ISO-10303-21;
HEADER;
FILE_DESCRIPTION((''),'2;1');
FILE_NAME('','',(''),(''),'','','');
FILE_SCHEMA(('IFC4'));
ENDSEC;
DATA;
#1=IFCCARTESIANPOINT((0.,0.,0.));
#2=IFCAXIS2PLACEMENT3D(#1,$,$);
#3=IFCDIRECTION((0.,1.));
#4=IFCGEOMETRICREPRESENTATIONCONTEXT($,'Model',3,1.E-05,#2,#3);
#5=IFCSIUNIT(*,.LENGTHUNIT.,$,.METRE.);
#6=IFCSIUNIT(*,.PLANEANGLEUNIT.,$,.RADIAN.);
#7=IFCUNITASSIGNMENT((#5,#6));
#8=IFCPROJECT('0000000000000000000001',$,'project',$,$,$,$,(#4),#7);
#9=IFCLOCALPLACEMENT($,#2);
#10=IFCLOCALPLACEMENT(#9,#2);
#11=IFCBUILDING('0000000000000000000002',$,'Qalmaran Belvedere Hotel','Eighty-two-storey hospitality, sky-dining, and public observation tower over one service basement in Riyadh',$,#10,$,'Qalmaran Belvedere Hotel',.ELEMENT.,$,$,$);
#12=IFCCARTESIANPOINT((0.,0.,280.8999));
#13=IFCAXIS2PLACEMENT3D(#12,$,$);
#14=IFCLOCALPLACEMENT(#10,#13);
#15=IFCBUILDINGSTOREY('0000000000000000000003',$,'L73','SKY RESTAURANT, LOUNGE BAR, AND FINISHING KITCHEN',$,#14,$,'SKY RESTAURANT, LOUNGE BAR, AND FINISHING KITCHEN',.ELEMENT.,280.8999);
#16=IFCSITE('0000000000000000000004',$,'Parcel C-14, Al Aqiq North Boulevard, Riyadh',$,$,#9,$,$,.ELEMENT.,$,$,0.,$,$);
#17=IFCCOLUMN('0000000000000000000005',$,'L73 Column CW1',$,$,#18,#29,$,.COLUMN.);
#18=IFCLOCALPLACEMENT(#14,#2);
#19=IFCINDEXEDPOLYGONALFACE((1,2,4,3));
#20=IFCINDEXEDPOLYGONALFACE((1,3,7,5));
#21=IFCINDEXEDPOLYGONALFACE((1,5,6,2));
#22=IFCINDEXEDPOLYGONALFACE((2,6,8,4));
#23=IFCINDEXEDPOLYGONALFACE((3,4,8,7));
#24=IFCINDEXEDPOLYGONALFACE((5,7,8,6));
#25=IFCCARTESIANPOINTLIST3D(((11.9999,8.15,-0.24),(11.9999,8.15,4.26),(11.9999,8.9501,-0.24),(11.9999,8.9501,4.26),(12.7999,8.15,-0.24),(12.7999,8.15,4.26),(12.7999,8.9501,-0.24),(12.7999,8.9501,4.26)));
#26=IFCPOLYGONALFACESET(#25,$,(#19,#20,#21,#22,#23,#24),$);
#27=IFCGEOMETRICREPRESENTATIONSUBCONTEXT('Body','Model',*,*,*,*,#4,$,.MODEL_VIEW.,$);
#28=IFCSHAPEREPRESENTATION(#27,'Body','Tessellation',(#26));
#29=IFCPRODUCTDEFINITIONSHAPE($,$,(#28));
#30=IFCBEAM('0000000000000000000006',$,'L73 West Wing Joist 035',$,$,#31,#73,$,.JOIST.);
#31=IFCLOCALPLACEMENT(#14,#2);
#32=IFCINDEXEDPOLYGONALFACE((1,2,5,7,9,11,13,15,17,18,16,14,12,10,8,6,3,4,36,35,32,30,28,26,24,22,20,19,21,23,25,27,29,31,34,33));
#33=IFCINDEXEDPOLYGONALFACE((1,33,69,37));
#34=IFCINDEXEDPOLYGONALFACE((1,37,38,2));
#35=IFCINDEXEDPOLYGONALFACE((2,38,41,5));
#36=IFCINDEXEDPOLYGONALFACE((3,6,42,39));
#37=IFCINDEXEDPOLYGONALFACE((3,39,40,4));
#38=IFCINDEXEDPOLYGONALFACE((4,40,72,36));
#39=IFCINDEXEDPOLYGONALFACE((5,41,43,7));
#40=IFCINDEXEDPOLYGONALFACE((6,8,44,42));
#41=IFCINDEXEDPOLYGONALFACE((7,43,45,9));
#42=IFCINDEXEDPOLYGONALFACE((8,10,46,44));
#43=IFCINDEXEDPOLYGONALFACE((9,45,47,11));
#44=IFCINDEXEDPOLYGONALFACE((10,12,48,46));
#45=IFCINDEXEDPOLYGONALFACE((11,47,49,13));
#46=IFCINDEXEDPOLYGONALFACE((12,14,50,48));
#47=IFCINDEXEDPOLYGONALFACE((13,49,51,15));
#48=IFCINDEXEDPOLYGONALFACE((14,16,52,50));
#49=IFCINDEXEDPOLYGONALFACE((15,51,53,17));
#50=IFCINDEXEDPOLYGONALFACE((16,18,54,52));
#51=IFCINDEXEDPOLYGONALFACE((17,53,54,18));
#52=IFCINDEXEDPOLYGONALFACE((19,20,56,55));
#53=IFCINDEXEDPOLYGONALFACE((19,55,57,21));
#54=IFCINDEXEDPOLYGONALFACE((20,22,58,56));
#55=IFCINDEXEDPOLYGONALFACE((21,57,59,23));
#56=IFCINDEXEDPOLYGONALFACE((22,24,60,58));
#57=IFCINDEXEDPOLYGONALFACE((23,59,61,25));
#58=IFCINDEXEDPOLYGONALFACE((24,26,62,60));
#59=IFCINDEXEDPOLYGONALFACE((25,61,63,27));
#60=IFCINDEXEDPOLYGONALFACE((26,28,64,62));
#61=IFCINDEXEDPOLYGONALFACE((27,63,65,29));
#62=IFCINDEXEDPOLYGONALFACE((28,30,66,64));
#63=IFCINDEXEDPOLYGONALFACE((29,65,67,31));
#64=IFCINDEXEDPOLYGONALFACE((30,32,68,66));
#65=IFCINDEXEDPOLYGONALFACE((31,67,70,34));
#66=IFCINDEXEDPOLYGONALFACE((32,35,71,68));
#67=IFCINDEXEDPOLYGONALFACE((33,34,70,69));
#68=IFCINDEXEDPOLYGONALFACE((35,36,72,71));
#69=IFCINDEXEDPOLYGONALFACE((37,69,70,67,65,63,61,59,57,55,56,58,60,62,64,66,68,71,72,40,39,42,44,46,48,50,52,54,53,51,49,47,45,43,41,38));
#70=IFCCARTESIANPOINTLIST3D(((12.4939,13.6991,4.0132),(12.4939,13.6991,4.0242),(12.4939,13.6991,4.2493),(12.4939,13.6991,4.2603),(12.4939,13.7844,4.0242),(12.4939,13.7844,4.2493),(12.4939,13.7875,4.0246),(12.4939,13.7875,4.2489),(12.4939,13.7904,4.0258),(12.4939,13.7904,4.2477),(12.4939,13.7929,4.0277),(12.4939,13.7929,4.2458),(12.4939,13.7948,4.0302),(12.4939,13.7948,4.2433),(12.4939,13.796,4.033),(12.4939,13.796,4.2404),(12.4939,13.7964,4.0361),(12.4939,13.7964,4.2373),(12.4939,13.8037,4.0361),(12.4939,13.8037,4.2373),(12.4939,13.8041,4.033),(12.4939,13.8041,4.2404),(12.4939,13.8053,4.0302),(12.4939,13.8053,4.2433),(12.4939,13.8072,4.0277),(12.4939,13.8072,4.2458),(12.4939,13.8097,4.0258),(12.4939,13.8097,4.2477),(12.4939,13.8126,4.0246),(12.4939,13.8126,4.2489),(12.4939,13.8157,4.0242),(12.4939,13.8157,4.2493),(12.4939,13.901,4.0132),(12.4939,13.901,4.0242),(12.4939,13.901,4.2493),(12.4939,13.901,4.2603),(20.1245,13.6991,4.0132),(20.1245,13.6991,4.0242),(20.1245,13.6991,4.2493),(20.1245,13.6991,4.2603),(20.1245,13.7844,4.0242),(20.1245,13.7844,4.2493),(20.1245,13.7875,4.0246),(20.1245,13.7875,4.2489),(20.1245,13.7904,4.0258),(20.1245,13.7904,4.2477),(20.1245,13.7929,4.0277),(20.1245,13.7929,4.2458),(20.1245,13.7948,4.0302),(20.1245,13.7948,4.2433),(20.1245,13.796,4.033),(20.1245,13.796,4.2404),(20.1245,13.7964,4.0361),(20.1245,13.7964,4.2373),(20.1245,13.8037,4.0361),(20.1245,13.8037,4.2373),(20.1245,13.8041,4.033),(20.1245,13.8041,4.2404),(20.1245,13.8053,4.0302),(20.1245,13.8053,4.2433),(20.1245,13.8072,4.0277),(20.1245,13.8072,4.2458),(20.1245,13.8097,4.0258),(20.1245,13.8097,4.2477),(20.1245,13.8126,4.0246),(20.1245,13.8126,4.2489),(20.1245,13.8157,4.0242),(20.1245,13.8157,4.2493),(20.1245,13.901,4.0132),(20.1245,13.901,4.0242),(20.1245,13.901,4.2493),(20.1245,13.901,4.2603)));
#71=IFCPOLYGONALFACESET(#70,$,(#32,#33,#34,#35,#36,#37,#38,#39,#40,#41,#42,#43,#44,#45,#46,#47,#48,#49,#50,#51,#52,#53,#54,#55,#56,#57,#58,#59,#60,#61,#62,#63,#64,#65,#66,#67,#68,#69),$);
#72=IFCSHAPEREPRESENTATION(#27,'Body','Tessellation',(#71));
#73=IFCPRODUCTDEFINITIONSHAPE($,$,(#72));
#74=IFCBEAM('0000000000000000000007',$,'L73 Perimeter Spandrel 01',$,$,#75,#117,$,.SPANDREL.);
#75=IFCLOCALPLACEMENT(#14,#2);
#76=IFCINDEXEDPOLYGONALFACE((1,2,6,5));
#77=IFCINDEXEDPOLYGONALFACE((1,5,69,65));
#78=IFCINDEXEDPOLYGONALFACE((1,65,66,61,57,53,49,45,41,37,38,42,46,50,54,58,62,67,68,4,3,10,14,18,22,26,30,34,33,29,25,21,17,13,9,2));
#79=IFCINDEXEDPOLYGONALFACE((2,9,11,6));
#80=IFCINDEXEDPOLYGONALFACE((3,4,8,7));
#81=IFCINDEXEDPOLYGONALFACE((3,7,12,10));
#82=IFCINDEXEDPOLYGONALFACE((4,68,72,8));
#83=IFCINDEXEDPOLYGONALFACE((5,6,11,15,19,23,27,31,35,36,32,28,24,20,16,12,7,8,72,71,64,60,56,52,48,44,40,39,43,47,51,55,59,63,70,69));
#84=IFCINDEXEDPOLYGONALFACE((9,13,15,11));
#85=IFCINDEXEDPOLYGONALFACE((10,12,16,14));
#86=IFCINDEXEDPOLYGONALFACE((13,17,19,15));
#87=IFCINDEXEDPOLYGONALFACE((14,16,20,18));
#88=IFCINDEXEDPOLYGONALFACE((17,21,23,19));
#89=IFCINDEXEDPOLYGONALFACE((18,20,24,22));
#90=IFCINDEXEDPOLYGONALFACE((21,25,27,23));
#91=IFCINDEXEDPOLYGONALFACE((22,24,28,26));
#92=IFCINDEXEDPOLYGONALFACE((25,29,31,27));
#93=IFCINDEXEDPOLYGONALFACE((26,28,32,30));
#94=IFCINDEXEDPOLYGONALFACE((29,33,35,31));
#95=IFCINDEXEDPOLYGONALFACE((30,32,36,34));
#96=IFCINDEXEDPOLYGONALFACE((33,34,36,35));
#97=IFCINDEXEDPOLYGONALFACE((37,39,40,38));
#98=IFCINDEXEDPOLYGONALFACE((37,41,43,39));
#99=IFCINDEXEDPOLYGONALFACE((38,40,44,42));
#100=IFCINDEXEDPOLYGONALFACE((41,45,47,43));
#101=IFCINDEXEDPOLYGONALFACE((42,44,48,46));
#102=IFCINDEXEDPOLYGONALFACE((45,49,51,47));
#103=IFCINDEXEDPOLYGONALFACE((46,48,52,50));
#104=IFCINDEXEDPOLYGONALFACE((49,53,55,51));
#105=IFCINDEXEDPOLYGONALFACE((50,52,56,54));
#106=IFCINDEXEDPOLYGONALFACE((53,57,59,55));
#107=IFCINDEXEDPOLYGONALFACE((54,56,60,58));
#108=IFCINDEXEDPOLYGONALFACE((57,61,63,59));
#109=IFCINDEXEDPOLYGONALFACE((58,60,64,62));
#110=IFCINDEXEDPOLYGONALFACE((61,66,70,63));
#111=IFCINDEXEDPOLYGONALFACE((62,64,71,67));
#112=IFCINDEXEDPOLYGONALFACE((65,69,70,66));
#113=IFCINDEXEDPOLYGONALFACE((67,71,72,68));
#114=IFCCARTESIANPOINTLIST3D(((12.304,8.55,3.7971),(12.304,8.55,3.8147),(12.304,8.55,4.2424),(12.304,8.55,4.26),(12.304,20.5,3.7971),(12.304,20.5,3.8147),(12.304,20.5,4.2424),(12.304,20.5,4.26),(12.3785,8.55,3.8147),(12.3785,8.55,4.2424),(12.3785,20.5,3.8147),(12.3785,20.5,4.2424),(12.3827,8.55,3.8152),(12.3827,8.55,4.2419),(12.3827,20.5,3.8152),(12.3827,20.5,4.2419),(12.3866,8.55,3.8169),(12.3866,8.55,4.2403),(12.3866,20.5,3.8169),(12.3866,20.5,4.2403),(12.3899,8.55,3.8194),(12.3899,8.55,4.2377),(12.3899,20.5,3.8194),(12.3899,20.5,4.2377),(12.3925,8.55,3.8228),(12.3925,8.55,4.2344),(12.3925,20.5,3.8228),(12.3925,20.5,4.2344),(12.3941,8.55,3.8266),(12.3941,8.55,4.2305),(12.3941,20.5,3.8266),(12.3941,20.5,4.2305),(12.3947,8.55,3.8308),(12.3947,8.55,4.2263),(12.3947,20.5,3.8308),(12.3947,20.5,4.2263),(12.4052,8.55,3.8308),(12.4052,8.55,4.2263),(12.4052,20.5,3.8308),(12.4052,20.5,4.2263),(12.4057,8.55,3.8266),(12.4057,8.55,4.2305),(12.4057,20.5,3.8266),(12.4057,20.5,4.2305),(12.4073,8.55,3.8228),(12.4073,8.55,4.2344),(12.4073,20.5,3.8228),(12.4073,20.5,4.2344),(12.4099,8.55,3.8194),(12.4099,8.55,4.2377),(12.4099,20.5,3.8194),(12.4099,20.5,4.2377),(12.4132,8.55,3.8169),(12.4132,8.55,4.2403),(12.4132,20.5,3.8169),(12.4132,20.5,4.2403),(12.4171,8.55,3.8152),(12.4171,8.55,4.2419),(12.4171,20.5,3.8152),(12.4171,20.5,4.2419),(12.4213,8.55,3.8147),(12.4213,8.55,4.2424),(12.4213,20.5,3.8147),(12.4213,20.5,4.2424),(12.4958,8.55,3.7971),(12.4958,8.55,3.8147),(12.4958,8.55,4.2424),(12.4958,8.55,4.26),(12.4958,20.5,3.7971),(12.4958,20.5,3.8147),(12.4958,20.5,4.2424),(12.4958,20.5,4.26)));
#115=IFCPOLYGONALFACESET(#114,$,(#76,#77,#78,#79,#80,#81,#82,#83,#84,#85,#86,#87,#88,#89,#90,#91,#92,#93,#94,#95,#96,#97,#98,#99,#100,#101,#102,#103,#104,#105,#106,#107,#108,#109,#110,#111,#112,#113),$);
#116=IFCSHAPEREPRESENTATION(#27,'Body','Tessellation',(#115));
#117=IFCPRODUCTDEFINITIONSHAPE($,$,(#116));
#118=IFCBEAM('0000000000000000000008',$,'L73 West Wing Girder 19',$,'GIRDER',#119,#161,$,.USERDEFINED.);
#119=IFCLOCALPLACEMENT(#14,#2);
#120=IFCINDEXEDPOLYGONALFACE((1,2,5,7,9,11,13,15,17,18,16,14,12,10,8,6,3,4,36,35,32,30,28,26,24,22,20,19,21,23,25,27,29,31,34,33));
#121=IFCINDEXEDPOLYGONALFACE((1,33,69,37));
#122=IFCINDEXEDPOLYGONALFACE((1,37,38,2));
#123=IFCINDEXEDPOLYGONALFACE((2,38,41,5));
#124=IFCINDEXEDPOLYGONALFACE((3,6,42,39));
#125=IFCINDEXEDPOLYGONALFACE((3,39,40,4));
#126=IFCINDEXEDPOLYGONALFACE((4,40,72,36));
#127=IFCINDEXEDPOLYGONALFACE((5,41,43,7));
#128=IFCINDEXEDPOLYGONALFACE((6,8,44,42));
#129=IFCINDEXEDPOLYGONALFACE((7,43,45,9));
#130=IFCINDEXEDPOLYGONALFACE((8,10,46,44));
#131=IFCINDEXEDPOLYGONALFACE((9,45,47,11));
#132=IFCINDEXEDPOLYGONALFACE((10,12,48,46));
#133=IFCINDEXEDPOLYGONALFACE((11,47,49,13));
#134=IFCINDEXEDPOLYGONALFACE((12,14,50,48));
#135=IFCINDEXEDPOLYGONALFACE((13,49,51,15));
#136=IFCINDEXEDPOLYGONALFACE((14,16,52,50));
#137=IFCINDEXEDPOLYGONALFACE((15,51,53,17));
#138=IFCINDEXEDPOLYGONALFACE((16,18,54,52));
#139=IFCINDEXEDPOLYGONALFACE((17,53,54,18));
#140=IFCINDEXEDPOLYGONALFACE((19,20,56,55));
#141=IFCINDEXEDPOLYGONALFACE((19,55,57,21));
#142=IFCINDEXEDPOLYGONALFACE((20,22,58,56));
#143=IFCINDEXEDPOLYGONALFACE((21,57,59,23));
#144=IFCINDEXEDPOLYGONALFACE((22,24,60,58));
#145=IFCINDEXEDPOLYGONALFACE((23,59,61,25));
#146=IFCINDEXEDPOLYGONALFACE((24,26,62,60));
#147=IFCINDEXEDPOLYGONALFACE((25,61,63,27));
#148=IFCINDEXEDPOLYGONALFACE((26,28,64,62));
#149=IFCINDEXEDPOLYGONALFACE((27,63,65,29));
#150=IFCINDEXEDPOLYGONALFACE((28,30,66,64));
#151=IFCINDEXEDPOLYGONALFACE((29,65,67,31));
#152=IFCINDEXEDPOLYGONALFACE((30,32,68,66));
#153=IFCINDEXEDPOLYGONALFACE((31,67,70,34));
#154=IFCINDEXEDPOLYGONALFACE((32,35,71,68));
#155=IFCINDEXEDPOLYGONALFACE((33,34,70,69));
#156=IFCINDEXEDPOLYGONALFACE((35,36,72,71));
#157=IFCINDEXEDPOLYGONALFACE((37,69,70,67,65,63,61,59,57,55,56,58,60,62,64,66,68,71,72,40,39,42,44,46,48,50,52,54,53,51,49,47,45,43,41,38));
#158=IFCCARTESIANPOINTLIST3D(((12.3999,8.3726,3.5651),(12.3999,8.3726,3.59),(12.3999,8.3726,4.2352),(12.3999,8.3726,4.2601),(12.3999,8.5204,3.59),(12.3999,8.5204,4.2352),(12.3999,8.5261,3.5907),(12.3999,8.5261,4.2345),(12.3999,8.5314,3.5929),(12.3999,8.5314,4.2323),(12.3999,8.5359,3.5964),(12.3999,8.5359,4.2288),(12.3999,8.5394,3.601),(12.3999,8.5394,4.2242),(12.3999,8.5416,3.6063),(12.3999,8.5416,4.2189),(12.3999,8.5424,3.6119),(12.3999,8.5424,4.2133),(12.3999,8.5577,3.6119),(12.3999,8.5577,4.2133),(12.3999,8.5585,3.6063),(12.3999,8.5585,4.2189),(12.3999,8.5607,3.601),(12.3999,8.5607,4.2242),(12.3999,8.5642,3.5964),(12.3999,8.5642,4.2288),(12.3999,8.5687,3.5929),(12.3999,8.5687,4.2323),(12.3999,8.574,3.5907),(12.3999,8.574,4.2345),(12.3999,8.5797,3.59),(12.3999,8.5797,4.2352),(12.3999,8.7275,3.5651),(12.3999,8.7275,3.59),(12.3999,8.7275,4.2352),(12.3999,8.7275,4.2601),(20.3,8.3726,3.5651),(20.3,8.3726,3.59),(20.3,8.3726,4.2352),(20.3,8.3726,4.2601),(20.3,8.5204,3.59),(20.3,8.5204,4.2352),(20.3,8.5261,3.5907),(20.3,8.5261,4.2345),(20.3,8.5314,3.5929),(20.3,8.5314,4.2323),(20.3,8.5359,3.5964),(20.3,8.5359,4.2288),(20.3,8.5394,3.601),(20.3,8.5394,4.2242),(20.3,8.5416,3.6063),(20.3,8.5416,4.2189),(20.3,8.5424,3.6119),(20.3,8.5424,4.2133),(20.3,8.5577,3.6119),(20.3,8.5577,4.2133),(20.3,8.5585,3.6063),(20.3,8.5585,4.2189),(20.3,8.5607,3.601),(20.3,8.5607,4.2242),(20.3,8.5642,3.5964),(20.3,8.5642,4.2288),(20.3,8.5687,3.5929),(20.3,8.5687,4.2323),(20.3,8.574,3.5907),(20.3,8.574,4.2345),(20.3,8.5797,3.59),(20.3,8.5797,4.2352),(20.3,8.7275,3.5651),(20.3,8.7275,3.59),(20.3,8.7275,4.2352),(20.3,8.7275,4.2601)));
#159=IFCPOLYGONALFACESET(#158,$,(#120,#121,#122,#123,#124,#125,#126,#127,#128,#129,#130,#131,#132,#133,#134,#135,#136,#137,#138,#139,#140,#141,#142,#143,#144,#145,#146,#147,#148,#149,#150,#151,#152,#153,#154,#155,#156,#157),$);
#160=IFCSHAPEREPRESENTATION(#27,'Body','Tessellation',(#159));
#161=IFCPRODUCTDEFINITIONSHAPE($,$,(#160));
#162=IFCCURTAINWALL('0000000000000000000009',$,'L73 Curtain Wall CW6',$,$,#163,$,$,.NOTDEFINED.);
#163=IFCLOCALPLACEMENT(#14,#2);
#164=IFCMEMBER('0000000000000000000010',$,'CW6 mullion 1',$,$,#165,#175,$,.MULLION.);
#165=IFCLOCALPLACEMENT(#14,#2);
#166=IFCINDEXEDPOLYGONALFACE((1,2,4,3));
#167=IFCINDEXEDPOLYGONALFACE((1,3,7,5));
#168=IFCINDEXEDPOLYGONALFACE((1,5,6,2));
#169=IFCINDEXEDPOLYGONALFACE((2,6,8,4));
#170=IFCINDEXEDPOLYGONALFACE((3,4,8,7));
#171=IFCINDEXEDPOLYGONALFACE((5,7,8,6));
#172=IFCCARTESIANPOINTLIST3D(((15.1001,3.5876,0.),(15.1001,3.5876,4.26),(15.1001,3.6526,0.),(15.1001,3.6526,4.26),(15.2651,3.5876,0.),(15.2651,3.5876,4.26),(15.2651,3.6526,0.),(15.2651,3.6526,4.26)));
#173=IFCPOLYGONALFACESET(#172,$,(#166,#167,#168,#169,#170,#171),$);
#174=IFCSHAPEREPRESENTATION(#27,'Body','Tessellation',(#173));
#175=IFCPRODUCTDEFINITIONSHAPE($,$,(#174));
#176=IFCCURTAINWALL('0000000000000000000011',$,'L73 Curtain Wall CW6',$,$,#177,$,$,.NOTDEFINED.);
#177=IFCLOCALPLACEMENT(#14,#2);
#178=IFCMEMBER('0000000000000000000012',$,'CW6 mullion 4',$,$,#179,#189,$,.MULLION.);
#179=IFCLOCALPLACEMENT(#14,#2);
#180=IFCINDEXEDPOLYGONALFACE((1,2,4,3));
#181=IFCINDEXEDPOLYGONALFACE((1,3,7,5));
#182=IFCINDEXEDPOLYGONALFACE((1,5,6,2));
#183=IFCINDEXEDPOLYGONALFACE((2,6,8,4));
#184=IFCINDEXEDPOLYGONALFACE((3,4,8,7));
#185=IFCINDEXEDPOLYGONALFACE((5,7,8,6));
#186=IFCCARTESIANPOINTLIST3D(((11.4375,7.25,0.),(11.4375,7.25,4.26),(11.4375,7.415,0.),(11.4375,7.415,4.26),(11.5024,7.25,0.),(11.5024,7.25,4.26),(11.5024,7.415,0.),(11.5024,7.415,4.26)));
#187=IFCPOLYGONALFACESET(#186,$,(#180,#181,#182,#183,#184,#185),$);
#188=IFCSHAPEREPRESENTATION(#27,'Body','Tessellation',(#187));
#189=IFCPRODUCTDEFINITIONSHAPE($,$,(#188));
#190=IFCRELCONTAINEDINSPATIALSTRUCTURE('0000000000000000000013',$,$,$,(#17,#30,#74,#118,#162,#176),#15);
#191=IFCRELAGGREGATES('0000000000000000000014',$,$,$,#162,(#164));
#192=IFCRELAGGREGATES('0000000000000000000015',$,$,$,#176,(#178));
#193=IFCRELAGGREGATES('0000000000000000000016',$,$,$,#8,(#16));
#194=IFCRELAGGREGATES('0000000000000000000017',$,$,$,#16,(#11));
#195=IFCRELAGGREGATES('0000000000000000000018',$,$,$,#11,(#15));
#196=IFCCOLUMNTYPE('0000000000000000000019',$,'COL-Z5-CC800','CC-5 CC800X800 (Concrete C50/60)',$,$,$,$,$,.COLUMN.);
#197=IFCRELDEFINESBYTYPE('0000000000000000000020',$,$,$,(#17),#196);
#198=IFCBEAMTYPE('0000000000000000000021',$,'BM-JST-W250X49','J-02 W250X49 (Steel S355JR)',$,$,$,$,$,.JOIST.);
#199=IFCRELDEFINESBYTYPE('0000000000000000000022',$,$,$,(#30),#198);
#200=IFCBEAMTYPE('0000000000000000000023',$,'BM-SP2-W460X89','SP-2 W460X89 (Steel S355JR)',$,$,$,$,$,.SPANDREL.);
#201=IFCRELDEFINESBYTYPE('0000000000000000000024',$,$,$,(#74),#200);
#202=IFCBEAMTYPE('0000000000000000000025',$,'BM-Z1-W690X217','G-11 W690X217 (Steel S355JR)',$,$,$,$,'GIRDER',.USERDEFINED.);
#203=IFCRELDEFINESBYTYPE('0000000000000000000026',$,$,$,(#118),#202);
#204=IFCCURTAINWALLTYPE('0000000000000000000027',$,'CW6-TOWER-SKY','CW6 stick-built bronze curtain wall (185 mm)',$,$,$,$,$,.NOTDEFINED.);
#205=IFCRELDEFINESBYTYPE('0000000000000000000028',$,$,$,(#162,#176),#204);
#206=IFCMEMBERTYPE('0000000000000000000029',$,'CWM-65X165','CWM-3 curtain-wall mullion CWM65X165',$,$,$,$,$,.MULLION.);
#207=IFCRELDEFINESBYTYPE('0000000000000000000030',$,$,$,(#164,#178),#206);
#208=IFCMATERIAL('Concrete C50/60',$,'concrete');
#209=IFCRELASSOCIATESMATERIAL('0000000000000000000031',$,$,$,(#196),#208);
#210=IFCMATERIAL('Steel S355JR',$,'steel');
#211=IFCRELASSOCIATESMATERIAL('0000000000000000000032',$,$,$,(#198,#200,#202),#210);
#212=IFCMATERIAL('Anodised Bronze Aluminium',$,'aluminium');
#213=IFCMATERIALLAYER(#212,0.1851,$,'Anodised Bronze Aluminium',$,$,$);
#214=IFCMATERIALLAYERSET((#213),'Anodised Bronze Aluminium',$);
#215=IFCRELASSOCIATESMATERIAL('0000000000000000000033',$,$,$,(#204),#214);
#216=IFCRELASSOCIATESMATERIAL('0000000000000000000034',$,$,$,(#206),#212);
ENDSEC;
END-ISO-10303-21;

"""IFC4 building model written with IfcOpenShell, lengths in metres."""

from ifc_helpers import new_model, si_unit, direction, frame, origin, origin_2d, place, context, subcontext, project, spatial, rectangle, i_section, extrude, material, layer, layer_set, material_profile, profile_set, type_object, element, aggregate, save


model = new_model("IFC4")

# Units and contexts
model_context = context("Model", 3, precision=1e-05, world=origin(), true_north=direction((0.0, 1.0)))
body_context = subcontext(model_context, "Body", "Model", "MODEL_VIEW")
ifc_project = project(units=[si_unit("LENGTHUNIT", "METRE"), si_unit("PLANEANGLEUNIT", "RADIAN")], contexts=[model_context])

# Site, building, storey
site_placement = place(None, origin())
site = spatial("IfcSite", under=ifc_project, at=site_placement, Name="Parcel C-14, Al Aqiq North Boulevard, Riyadh", CompositionType="ELEMENT", RefElevation=0.0)
building_placement = place(site_placement, origin())
building = spatial("IfcBuilding", under=site, at=building_placement, Name="Qalmaran Belvedere Hotel", Description="Eighty-two-storey hospitality, sky-dining, and public observation tower over one service basement in Riyadh", LongName="Qalmaran Belvedere Hotel", CompositionType="ELEMENT")
storey_placement = place(building_placement, frame((0.0, 0.0, 280.8999)))
storey = spatial("IfcBuildingStorey", under=building, at=storey_placement, Name="L73", Description="SKY RESTAURANT, LOUNGE BAR, AND FINISHING KITCHEN", LongName="SKY RESTAURANT, LOUNGE BAR, AND FINISHING KITCHEN", CompositionType="ELEMENT", Elevation=280.8999)

# Column
ifc_material_1 = material(Name="Concrete C50/60", Category="concrete")
ifc_material_profile_1 = material_profile(ifc_material_1, rectangle(XDim=0.8, YDim=0.8, at=origin_2d()), Name="CC800X800")
ifc_profile_set_1 = profile_set([ifc_material_profile_1], Name="Concrete C50/60")
column_type = type_object("IfcColumnType", Name="COL-Z5-CC800", Description="CC-5 CC800X800 (Concrete C50/60)", PredefinedType="COLUMN", material=ifc_profile_set_1)
column_placement = place(storey_placement, frame((12.3999, 8.55, -0.24), z_axis=(0.0, 0.0, 1.0), x_axis=(1.0, 0.0, 0.0)))
element("IfcColumn", 1, at=column_placement, inside=storey, type_object=column_type, Name="L73 Column CW1", PredefinedType="COLUMN", context=body_context, shape_type="SweptSolid", body=[
    extrude(rectangle(XDim=0.8, YDim=0.8, at=origin_2d()), origin(), (0.0, 0.0, 1.0), 4.5),
])

# Beams
ifc_material_2 = material(Name="Steel S355JR", Category="steel")
ifc_material_profile_2 = material_profile(ifc_material_2, i_section(OverallWidth=0.2019, OverallDepth=0.2471, WebThickness=0.0073, FlangeThickness=0.011, FilletRadius=0.012, at=origin_2d()), Name="W250X49")
ifc_profile_set_2 = profile_set([ifc_material_profile_2], Name="Steel S355JR")
beam_type_1 = type_object("IfcBeamType", Name="BM-JST-W250X49", Description="J-02 W250X49 (Steel S355JR)", PredefinedType="JOIST", material=ifc_profile_set_2)
beam_1_placement = place(storey_placement, frame((12.4939, 13.8, 4.1367), z_axis=(1.0, 0.0, 0.0), x_axis=(0.0, 1.0, 0.0)))
element("IfcBeam", 2, at=beam_1_placement, inside=storey, type_object=beam_type_1, Name="L73 West Wing Joist 035", PredefinedType="JOIST", context=body_context, shape_type="SweptSolid", body=[
    extrude(i_section(OverallWidth=0.2019, OverallDepth=0.2471, WebThickness=0.0073, FlangeThickness=0.011, FilletRadius=0.012, at=origin_2d()), origin(), (0.0, 0.0, 1.0), 7.6306),
])
ifc_material_profile_3 = material_profile(ifc_material_2, i_section(OverallWidth=0.1919, OverallDepth=0.4629, WebThickness=0.0105, FlangeThickness=0.0176, FilletRadius=0.0161, at=origin_2d()), Name="W460X89")
ifc_profile_set_3 = profile_set([ifc_material_profile_3], Name="Steel S355JR")
beam_type_2 = type_object("IfcBeamType", Name="BM-SP2-W460X89", Description="SP-2 W460X89 (Steel S355JR)", PredefinedType="SPANDREL", material=ifc_profile_set_3)
beam_2_placement = place(storey_placement, frame((12.3999, 8.55, 4.0286), z_axis=(0.0, 1.0, 0.0), x_axis=(-1.0, 0.0, 0.0)))
element("IfcBeam", 3, at=beam_2_placement, inside=storey, type_object=beam_type_2, Name="L73 Perimeter Spandrel 01", PredefinedType="SPANDREL", context=body_context, shape_type="SweptSolid", body=[
    extrude(i_section(OverallWidth=0.1919, OverallDepth=0.4629, WebThickness=0.0105, FlangeThickness=0.0176, FilletRadius=0.0161, at=origin_2d()), origin(), (0.0, 0.0, 1.0), 11.95),
])
ifc_material_profile_4 = material_profile(ifc_material_2, i_section(OverallWidth=0.355, OverallDepth=0.6951, WebThickness=0.0154, FlangeThickness=0.0249, FilletRadius=0.022, at=origin_2d()), Name="W690X217")
ifc_profile_set_4 = profile_set([ifc_material_profile_4], Name="Steel S355JR")
beam_type_3 = type_object("IfcBeamType", Name="BM-Z1-W690X217", Description="G-11 W690X217 (Steel S355JR)", ElementType="GIRDER", PredefinedType="USERDEFINED", material=ifc_profile_set_4)
beam_3_placement = place(storey_placement, frame((12.3999, 8.55, 3.9126), z_axis=(1.0, 0.0, 0.0), x_axis=(0.0, 1.0, 0.0)))
element("IfcBeam", 4, at=beam_3_placement, inside=storey, type_object=beam_type_3, Name="L73 West Wing Girder 19", ObjectType="GIRDER", PredefinedType="USERDEFINED", context=body_context, shape_type="SweptSolid", body=[
    extrude(i_section(OverallWidth=0.355, OverallDepth=0.6951, WebThickness=0.0154, FlangeThickness=0.0249, FilletRadius=0.022, at=origin_2d()), origin(), (0.0, 0.0, 1.0), 7.9001),
])

# Curtain walls, members
ifc_material_3 = material(Name="Anodised Bronze Aluminium", Category="aluminium")
ifc_layer_1 = layer(ifc_material_3, 0.1851, Name="Anodised Bronze Aluminium")
ifc_layer_set_1 = layer_set([ifc_layer_1], Name="Anodised Bronze Aluminium")
curtain_wall_type = type_object("IfcCurtainWallType", Name="CW6-TOWER-SKY", Description="CW6 stick-built bronze curtain wall (185 mm)", PredefinedType="NOTDEFINED", material=ifc_layer_set_1)
curtain_wall_1_placement = place(storey_placement, origin())
curtain_wall_1 = element("IfcCurtainWall", 5, at=curtain_wall_1_placement, inside=storey, type_object=curtain_wall_type, Name="L73 Curtain Wall CW6", PredefinedType="NOTDEFINED")
ifc_material_profile_5 = material_profile(ifc_material_3, rectangle(XDim=0.0649, YDim=0.165, at=origin_2d()), Name="CWM65X165")
ifc_profile_set_5 = profile_set([ifc_material_profile_5], Name="Anodised Bronze Aluminium")
member_type_1 = type_object("IfcMemberType", Name="CWM-65X165", Description="CWM-3 curtain-wall mullion CWM65X165", PredefinedType="MULLION", material=ifc_profile_set_5)
member_1_placement = place(storey_placement, frame((15.1826, 3.6201, 0.0), z_axis=(0.0, 0.0, 1.0), x_axis=(0.0, 1.0, 0.0)))
member_1 = element("IfcMember", 6, at=member_1_placement, type_object=member_type_1, Name="CW6 mullion 1", PredefinedType="MULLION", context=body_context, shape_type="SweptSolid", body=[
    extrude(rectangle(XDim=0.0649, YDim=0.165, at=origin_2d()), origin(), (0.0, 0.0, 1.0), 4.26),
])
curtain_wall_2_placement = place(storey_placement, origin())
curtain_wall_2 = element("IfcCurtainWall", 7, at=curtain_wall_2_placement, inside=storey, type_object=curtain_wall_type, Name="L73 Curtain Wall CW6", PredefinedType="NOTDEFINED")
member_2_placement = place(storey_placement, frame((11.47, 7.3325, 0.0), z_axis=(0.0, 0.0, 1.0), x_axis=(1.0, 0.0, 0.0)))
member_2 = element("IfcMember", 8, at=member_2_placement, type_object=member_type_1, Name="CW6 mullion 4", PredefinedType="MULLION", context=body_context, shape_type="SweptSolid", body=[
    extrude(rectangle(XDim=0.0649, YDim=0.165, at=origin_2d()), origin(), (0.0, 0.0, 1.0), 4.26),
])

aggregate(curtain_wall_1, [member_1])

aggregate(curtain_wall_2, [member_2])

save(model, "model.ifc")
